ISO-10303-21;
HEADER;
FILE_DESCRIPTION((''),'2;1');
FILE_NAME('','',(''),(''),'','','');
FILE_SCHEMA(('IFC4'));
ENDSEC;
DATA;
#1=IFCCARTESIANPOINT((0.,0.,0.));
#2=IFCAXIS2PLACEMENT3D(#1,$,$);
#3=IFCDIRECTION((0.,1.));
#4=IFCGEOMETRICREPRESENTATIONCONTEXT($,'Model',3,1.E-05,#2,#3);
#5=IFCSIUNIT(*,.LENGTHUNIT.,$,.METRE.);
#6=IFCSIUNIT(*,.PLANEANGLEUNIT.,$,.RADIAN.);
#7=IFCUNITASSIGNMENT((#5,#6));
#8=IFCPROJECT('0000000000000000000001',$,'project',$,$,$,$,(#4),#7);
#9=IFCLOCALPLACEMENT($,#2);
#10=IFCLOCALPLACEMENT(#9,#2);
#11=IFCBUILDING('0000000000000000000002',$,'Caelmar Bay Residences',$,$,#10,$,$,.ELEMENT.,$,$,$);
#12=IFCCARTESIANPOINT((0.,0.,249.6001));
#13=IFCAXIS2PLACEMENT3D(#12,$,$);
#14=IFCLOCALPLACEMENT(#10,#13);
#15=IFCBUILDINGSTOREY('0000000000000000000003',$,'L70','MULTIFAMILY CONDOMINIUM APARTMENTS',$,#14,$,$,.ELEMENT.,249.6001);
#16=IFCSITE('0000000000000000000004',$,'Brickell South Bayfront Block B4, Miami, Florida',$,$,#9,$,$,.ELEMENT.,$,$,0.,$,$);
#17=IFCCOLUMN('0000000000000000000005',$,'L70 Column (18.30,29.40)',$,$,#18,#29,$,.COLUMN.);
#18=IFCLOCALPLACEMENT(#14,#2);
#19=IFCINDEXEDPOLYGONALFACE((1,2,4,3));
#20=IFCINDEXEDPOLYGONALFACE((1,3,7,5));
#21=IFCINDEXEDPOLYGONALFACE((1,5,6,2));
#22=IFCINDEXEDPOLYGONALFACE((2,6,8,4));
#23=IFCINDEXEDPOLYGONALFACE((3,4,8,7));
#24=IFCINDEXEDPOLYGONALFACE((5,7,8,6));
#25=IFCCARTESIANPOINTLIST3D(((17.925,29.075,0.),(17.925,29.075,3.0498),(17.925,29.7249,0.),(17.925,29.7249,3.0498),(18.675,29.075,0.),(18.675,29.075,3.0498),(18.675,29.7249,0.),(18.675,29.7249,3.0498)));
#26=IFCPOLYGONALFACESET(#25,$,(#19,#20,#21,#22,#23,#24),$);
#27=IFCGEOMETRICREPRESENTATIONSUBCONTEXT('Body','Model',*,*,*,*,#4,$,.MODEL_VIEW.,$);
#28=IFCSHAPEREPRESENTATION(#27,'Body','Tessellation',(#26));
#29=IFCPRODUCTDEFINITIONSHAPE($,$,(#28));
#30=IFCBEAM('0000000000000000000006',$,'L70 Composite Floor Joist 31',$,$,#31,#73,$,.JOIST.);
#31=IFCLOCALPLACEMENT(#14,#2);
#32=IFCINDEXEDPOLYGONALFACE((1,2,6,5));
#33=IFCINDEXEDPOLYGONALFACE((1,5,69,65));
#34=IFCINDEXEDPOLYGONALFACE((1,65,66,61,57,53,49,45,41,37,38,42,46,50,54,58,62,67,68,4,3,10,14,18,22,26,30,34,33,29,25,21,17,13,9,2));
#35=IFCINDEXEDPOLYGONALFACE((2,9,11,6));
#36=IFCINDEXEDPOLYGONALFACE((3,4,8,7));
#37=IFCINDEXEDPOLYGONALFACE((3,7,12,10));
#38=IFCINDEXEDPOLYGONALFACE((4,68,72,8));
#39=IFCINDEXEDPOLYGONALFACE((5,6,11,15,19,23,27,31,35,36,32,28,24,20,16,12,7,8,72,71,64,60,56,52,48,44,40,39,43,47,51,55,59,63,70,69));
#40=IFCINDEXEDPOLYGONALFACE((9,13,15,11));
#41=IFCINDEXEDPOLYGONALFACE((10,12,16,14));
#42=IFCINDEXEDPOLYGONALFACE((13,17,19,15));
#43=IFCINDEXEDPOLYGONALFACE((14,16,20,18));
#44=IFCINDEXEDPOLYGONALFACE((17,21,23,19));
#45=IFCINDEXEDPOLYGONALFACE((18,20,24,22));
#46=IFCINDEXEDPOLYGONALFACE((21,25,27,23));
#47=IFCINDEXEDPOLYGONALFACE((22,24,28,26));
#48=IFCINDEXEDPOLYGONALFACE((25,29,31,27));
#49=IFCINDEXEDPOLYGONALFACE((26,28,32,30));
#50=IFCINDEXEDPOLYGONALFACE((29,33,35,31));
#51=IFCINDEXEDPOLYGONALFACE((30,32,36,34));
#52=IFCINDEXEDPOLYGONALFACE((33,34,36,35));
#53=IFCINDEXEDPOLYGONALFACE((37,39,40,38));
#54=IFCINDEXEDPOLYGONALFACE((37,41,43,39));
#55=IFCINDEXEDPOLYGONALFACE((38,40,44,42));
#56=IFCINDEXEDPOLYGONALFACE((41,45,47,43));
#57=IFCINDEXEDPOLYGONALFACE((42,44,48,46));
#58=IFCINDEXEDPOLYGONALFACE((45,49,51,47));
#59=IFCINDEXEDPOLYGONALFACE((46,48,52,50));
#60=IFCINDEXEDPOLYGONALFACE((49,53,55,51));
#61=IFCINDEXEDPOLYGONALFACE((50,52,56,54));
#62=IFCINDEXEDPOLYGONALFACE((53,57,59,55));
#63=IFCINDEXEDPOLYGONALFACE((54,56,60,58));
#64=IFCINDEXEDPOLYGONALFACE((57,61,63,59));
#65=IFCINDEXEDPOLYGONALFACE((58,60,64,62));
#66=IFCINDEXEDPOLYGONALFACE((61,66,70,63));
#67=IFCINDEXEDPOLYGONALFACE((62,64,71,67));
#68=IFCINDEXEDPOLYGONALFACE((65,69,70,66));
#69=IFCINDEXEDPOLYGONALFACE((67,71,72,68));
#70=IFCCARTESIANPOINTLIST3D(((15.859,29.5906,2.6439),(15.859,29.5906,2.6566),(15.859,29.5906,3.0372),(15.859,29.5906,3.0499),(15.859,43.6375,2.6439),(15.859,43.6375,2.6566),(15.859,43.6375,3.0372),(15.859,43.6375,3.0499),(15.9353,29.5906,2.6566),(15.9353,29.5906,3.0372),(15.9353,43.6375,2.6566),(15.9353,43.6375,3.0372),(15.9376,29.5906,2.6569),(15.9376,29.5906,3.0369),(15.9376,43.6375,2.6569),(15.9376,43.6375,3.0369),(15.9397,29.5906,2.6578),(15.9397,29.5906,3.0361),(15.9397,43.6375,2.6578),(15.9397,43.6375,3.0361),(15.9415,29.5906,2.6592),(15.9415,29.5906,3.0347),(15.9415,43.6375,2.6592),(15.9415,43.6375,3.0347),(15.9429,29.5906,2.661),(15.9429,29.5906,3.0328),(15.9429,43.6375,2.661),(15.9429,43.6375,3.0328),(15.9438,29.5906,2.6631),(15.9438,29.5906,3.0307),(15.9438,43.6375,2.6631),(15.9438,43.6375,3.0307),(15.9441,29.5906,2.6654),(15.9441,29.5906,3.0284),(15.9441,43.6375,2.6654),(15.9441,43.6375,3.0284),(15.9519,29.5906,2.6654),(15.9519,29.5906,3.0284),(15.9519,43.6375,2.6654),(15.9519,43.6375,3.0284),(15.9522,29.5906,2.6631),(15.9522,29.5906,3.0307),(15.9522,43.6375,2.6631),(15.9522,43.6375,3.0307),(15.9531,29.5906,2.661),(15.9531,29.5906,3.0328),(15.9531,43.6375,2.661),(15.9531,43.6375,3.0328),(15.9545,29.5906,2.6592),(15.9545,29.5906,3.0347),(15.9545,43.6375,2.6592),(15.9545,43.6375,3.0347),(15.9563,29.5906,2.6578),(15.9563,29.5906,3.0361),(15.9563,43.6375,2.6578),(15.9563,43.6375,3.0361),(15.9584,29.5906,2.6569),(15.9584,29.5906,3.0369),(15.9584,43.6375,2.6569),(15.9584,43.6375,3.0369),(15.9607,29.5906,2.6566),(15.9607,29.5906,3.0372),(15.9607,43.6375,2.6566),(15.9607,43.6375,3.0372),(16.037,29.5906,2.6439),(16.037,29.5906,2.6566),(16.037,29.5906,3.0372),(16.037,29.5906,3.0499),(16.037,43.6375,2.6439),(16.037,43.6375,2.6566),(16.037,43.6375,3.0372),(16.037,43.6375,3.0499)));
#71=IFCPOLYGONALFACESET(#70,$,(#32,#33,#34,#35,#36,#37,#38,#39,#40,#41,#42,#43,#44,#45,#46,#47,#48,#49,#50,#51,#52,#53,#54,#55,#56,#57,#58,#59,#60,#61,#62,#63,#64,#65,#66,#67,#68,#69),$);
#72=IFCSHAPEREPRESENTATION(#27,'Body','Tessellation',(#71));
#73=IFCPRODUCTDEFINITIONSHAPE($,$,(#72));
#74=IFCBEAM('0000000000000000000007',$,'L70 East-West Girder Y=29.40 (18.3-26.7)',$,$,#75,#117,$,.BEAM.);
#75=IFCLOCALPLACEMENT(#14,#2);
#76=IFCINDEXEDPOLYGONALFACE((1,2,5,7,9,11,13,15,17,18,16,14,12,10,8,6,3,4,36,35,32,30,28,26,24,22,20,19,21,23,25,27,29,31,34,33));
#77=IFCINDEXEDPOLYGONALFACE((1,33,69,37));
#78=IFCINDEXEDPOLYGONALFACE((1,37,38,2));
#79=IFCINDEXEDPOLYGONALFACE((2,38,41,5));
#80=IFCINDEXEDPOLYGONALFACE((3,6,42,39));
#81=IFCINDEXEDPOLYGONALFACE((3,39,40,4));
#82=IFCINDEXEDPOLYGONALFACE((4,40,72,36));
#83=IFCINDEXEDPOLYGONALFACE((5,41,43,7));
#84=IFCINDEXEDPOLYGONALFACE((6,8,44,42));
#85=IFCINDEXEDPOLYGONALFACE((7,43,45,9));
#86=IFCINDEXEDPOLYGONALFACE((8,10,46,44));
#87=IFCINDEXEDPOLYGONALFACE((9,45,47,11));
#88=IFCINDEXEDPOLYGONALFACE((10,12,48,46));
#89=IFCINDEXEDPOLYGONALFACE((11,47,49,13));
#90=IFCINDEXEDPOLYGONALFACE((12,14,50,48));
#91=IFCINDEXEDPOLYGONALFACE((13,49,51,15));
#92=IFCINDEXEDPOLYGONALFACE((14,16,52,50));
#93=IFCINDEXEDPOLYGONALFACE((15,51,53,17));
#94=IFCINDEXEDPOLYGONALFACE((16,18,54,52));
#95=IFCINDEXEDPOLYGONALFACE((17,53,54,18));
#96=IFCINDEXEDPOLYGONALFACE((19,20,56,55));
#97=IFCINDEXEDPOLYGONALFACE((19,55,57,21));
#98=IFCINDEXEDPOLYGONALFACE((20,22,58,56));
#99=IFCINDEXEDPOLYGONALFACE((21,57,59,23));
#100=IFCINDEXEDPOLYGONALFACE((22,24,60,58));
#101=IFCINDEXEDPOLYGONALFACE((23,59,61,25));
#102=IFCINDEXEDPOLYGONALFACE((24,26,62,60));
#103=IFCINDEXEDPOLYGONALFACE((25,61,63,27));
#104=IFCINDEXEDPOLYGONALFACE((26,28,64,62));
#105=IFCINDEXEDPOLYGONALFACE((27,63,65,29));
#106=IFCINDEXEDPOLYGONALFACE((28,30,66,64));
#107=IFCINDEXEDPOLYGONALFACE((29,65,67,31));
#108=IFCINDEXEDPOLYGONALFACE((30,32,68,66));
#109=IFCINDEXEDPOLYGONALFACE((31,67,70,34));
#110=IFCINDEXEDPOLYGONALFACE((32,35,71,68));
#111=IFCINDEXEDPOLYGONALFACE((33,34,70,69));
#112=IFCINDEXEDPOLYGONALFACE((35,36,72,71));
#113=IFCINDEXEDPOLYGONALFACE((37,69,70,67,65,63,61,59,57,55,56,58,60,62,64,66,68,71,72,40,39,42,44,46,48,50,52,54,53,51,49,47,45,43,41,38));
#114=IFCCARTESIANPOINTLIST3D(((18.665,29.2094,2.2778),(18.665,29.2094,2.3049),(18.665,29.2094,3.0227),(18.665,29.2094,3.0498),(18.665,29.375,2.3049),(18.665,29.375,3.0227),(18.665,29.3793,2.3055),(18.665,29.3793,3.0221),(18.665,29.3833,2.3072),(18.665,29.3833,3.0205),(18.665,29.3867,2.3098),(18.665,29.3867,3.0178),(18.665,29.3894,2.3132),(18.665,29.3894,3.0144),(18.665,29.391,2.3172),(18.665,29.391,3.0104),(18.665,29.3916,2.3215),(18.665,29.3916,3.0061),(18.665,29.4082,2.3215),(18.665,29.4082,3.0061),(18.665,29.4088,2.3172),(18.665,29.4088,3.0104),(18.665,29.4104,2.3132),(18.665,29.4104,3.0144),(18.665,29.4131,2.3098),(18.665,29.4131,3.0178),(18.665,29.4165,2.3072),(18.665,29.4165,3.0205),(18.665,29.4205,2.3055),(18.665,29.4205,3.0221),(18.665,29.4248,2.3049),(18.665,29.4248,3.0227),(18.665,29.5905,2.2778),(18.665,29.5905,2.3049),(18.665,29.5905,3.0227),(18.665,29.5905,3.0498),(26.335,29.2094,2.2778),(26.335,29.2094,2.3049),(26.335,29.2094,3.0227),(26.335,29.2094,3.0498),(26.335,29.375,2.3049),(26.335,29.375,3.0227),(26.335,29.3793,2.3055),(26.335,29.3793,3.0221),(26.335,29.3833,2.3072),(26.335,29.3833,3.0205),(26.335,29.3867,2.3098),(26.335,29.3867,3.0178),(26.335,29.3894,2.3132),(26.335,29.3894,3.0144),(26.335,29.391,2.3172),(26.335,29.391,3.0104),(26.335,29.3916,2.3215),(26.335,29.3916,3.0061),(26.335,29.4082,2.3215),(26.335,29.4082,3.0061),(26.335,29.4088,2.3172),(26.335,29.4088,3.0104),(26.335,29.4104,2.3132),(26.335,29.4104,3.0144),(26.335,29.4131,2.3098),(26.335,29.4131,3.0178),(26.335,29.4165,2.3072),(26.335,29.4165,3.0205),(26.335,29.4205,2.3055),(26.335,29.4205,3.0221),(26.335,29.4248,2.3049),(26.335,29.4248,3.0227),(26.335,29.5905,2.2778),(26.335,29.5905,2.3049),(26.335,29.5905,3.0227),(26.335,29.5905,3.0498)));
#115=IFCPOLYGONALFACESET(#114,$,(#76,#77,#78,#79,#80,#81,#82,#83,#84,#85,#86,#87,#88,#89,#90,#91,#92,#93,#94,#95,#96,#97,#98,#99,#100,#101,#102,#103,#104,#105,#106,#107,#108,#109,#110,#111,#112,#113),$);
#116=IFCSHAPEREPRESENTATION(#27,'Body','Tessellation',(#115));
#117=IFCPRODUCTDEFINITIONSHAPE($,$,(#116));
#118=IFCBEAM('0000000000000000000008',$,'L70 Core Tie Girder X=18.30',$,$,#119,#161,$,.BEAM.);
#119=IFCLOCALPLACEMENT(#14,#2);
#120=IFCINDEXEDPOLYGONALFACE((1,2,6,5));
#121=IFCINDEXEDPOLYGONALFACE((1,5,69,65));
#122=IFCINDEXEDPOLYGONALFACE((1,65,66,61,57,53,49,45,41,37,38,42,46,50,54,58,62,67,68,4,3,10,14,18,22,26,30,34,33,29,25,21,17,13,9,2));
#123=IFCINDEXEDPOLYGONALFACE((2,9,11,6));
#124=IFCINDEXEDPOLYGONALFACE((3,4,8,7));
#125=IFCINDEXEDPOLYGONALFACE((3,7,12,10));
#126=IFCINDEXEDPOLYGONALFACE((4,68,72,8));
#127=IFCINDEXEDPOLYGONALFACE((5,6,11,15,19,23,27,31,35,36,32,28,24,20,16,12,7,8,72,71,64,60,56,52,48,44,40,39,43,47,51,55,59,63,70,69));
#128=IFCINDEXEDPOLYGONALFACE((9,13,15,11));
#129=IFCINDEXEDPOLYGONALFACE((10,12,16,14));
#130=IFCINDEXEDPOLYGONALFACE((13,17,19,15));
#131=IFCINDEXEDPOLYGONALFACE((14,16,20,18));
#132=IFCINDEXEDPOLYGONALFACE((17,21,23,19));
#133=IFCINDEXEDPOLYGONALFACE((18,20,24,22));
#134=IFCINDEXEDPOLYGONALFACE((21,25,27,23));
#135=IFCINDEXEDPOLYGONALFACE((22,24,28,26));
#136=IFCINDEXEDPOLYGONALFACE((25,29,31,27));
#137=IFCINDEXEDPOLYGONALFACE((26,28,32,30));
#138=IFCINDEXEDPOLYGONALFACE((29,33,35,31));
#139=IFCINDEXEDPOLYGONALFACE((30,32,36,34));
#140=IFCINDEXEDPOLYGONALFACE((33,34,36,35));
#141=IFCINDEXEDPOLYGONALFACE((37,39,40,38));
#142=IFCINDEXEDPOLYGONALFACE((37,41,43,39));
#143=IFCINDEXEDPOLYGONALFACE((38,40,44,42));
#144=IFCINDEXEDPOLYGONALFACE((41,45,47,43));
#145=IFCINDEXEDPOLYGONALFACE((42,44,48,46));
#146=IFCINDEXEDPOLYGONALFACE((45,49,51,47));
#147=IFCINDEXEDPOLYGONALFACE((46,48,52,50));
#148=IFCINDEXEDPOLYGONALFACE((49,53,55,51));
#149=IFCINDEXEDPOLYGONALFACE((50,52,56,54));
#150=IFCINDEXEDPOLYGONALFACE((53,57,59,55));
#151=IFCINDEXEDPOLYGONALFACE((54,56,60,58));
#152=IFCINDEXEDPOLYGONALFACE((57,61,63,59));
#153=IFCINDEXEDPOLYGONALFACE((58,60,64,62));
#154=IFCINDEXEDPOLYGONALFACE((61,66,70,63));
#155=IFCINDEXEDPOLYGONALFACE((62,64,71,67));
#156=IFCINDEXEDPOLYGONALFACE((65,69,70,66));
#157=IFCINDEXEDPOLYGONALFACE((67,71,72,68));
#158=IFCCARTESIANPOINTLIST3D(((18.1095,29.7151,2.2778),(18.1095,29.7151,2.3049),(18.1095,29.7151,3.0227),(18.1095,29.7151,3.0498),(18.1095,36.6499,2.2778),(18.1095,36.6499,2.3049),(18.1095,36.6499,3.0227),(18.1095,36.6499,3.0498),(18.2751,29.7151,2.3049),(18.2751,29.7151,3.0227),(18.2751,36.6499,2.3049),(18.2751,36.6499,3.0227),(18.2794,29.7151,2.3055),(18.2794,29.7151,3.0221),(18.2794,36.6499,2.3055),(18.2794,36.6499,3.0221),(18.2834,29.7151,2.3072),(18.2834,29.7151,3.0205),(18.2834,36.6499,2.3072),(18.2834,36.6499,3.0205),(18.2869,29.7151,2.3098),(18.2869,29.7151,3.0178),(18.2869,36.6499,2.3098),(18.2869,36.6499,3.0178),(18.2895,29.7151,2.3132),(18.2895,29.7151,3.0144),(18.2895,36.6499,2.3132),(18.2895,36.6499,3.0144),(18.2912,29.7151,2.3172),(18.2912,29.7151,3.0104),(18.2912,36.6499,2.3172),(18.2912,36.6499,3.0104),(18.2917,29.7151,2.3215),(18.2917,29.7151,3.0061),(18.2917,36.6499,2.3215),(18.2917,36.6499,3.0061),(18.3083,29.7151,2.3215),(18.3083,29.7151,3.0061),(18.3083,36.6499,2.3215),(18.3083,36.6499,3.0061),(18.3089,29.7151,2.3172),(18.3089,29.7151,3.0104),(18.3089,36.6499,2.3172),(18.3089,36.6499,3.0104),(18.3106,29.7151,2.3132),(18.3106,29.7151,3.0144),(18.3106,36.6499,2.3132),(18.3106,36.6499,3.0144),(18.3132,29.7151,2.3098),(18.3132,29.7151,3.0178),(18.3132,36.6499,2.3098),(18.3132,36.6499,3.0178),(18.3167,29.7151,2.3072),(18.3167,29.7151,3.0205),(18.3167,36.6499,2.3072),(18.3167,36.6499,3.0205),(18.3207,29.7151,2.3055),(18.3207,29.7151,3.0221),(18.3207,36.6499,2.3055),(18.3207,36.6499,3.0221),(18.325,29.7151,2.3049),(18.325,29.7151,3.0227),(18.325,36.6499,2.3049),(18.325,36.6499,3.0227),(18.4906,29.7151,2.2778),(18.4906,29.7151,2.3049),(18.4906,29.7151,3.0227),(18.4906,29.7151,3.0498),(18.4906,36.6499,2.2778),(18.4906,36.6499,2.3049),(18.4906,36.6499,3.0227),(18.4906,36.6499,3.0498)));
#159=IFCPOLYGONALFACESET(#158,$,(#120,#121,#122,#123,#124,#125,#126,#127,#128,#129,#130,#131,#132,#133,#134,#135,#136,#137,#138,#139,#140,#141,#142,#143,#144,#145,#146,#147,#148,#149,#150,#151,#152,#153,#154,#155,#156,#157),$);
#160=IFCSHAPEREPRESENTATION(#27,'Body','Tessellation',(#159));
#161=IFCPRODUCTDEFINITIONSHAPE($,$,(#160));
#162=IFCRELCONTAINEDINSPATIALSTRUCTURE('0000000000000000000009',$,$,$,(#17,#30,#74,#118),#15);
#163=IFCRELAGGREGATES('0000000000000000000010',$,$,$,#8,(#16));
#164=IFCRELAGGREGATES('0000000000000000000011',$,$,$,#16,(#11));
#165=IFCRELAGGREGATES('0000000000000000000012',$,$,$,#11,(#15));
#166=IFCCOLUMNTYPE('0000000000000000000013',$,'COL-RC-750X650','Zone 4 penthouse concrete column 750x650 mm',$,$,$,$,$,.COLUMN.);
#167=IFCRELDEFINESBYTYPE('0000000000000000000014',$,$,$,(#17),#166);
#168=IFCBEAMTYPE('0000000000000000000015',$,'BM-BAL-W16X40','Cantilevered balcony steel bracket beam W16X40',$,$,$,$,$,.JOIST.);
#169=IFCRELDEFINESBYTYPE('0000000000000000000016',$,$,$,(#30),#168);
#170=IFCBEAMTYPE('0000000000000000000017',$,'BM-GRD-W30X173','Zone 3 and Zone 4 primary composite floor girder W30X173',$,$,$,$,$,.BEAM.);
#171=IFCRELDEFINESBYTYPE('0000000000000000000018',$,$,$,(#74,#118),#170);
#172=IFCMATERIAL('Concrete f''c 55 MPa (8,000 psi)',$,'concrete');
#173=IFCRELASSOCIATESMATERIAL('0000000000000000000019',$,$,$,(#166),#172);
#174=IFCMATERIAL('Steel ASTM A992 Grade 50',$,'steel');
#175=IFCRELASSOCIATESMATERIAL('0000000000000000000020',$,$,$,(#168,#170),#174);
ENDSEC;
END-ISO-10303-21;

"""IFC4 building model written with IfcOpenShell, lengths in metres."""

from ifc_helpers import new_model, si_unit, direction, frame, origin, origin_2d, place, context, subcontext, project, spatial, rectangle, i_section, extrude, material, material_profile, profile_set, type_object, element, save


model = new_model("IFC4")

# Units and contexts
model_context = context("Model", 3, precision=1e-05, world=origin(), true_north=direction((0.0, 1.0)))
body_context = subcontext(model_context, "Body", "Model", "MODEL_VIEW")
ifc_project = project(units=[si_unit("LENGTHUNIT", "METRE"), si_unit("PLANEANGLEUNIT", "RADIAN")], contexts=[model_context])

# Site, building, storey
site_placement = place(None, origin())
site = spatial("IfcSite", under=ifc_project, at=site_placement, Name="Brickell South Bayfront Block B4, Miami, Florida", CompositionType="ELEMENT", RefElevation=0.0)
building_placement = place(site_placement, origin())
building = spatial("IfcBuilding", under=site, at=building_placement, Name="Caelmar Bay Residences", CompositionType="ELEMENT")
storey_placement = place(building_placement, frame((0.0, 0.0, 249.6001)))
storey = spatial("IfcBuildingStorey", under=building, at=storey_placement, Name="L70", Description="MULTIFAMILY CONDOMINIUM APARTMENTS", CompositionType="ELEMENT", Elevation=249.6001)

# Column
ifc_material_1 = material(Name="Concrete f'c 55 MPa (8,000 psi)", Category="concrete")
ifc_material_profile_1 = material_profile(ifc_material_1, rectangle(XDim=0.75, YDim=0.6499, at=origin_2d()), Name="RC-COL-750X650")
ifc_profile_set_1 = profile_set([ifc_material_profile_1], Name="Concrete f'c 55 MPa (8,000 psi)")
column_type = type_object("IfcColumnType", Name="COL-RC-750X650", Description="Zone 4 penthouse concrete column 750x650 mm", PredefinedType="COLUMN", material=ifc_profile_set_1)
column_placement = place(storey_placement, frame((18.3, 29.3999, 0.0), z_axis=(0.0, 0.0, 1.0), x_axis=(1.0, 0.0, 0.0)))
element("IfcColumn", 1, at=column_placement, inside=storey, type_object=column_type, Name="L70 Column (18.30,29.40)", PredefinedType="COLUMN", context=body_context, shape_type="SweptSolid", body=[
    extrude(rectangle(XDim=0.75, YDim=0.6499, at=origin_2d()), origin(), (0.0, 0.0, 1.0), 3.0498),
])

# Beams
ifc_material_2 = material(Name="Steel ASTM A992 Grade 50", Category="steel")
ifc_material_profile_2 = material_profile(ifc_material_2, i_section(OverallWidth=0.178, OverallDepth=0.406, WebThickness=0.0078, FlangeThickness=0.0127, FilletRadius=0.0088, at=origin_2d()), Name="W16X40")
ifc_profile_set_2 = profile_set([ifc_material_profile_2], Name="Steel ASTM A992 Grade 50")
beam_type_1 = type_object("IfcBeamType", Name="BM-BAL-W16X40", Description="Cantilevered balcony steel bracket beam W16X40", PredefinedType="JOIST", material=ifc_profile_set_2)
beam_1_placement = place(storey_placement, frame((15.948, 29.5906, 2.8469), z_axis=(0.0, 1.0, 0.0), x_axis=(-1.0, 0.0, 0.0)))
element("IfcBeam", 2, at=beam_1_placement, inside=storey, type_object=beam_type_1, Name="L70 Composite Floor Joist 31", PredefinedType="JOIST", context=body_context, shape_type="SweptSolid", body=[
    extrude(i_section(OverallWidth=0.178, OverallDepth=0.406, WebThickness=0.0078, FlangeThickness=0.0127, FilletRadius=0.0088, at=origin_2d()), origin(), (0.0, 0.0, 1.0), 14.0469),
])
ifc_material_profile_3 = material_profile(ifc_material_2, i_section(OverallWidth=0.3811, OverallDepth=0.772, WebThickness=0.0166, FlangeThickness=0.0271, FilletRadius=0.0166, at=origin_2d()), Name="W30X173")
ifc_profile_set_3 = profile_set([ifc_material_profile_3], Name="Steel ASTM A992 Grade 50")
beam_type_2 = type_object("IfcBeamType", Name="BM-GRD-W30X173", Description="Zone 3 and Zone 4 primary composite floor girder W30X173", PredefinedType="BEAM", material=ifc_profile_set_3)
beam_2_placement = place(storey_placement, frame((18.665, 29.3999, 2.6638), z_axis=(1.0, 0.0, 0.0), x_axis=(0.0, 1.0, 0.0)))
element("IfcBeam", 3, at=beam_2_placement, inside=storey, type_object=beam_type_2, Name="L70 East-West Girder Y=29.40 (18.3-26.7)", PredefinedType="BEAM", context=body_context, shape_type="SweptSolid", body=[
    extrude(i_section(OverallWidth=0.3811, OverallDepth=0.772, WebThickness=0.0166, FlangeThickness=0.0271, FilletRadius=0.0166, at=origin_2d()), origin(), (0.0, 0.0, 1.0), 7.6699),
])
beam_3_placement = place(storey_placement, frame((18.3, 29.7151, 2.6638), z_axis=(0.0, 1.0, 0.0), x_axis=(-1.0, 0.0, 0.0)))
element("IfcBeam", 4, at=beam_3_placement, inside=storey, type_object=beam_type_2, Name="L70 Core Tie Girder X=18.30", PredefinedType="BEAM", context=body_context, shape_type="SweptSolid", body=[
    extrude(i_section(OverallWidth=0.3811, OverallDepth=0.772, WebThickness=0.0166, FlangeThickness=0.0271, FilletRadius=0.0166, at=origin_2d()), origin(), (0.0, 0.0, 1.0), 6.9348),
])

save(model, "model.ifc")
